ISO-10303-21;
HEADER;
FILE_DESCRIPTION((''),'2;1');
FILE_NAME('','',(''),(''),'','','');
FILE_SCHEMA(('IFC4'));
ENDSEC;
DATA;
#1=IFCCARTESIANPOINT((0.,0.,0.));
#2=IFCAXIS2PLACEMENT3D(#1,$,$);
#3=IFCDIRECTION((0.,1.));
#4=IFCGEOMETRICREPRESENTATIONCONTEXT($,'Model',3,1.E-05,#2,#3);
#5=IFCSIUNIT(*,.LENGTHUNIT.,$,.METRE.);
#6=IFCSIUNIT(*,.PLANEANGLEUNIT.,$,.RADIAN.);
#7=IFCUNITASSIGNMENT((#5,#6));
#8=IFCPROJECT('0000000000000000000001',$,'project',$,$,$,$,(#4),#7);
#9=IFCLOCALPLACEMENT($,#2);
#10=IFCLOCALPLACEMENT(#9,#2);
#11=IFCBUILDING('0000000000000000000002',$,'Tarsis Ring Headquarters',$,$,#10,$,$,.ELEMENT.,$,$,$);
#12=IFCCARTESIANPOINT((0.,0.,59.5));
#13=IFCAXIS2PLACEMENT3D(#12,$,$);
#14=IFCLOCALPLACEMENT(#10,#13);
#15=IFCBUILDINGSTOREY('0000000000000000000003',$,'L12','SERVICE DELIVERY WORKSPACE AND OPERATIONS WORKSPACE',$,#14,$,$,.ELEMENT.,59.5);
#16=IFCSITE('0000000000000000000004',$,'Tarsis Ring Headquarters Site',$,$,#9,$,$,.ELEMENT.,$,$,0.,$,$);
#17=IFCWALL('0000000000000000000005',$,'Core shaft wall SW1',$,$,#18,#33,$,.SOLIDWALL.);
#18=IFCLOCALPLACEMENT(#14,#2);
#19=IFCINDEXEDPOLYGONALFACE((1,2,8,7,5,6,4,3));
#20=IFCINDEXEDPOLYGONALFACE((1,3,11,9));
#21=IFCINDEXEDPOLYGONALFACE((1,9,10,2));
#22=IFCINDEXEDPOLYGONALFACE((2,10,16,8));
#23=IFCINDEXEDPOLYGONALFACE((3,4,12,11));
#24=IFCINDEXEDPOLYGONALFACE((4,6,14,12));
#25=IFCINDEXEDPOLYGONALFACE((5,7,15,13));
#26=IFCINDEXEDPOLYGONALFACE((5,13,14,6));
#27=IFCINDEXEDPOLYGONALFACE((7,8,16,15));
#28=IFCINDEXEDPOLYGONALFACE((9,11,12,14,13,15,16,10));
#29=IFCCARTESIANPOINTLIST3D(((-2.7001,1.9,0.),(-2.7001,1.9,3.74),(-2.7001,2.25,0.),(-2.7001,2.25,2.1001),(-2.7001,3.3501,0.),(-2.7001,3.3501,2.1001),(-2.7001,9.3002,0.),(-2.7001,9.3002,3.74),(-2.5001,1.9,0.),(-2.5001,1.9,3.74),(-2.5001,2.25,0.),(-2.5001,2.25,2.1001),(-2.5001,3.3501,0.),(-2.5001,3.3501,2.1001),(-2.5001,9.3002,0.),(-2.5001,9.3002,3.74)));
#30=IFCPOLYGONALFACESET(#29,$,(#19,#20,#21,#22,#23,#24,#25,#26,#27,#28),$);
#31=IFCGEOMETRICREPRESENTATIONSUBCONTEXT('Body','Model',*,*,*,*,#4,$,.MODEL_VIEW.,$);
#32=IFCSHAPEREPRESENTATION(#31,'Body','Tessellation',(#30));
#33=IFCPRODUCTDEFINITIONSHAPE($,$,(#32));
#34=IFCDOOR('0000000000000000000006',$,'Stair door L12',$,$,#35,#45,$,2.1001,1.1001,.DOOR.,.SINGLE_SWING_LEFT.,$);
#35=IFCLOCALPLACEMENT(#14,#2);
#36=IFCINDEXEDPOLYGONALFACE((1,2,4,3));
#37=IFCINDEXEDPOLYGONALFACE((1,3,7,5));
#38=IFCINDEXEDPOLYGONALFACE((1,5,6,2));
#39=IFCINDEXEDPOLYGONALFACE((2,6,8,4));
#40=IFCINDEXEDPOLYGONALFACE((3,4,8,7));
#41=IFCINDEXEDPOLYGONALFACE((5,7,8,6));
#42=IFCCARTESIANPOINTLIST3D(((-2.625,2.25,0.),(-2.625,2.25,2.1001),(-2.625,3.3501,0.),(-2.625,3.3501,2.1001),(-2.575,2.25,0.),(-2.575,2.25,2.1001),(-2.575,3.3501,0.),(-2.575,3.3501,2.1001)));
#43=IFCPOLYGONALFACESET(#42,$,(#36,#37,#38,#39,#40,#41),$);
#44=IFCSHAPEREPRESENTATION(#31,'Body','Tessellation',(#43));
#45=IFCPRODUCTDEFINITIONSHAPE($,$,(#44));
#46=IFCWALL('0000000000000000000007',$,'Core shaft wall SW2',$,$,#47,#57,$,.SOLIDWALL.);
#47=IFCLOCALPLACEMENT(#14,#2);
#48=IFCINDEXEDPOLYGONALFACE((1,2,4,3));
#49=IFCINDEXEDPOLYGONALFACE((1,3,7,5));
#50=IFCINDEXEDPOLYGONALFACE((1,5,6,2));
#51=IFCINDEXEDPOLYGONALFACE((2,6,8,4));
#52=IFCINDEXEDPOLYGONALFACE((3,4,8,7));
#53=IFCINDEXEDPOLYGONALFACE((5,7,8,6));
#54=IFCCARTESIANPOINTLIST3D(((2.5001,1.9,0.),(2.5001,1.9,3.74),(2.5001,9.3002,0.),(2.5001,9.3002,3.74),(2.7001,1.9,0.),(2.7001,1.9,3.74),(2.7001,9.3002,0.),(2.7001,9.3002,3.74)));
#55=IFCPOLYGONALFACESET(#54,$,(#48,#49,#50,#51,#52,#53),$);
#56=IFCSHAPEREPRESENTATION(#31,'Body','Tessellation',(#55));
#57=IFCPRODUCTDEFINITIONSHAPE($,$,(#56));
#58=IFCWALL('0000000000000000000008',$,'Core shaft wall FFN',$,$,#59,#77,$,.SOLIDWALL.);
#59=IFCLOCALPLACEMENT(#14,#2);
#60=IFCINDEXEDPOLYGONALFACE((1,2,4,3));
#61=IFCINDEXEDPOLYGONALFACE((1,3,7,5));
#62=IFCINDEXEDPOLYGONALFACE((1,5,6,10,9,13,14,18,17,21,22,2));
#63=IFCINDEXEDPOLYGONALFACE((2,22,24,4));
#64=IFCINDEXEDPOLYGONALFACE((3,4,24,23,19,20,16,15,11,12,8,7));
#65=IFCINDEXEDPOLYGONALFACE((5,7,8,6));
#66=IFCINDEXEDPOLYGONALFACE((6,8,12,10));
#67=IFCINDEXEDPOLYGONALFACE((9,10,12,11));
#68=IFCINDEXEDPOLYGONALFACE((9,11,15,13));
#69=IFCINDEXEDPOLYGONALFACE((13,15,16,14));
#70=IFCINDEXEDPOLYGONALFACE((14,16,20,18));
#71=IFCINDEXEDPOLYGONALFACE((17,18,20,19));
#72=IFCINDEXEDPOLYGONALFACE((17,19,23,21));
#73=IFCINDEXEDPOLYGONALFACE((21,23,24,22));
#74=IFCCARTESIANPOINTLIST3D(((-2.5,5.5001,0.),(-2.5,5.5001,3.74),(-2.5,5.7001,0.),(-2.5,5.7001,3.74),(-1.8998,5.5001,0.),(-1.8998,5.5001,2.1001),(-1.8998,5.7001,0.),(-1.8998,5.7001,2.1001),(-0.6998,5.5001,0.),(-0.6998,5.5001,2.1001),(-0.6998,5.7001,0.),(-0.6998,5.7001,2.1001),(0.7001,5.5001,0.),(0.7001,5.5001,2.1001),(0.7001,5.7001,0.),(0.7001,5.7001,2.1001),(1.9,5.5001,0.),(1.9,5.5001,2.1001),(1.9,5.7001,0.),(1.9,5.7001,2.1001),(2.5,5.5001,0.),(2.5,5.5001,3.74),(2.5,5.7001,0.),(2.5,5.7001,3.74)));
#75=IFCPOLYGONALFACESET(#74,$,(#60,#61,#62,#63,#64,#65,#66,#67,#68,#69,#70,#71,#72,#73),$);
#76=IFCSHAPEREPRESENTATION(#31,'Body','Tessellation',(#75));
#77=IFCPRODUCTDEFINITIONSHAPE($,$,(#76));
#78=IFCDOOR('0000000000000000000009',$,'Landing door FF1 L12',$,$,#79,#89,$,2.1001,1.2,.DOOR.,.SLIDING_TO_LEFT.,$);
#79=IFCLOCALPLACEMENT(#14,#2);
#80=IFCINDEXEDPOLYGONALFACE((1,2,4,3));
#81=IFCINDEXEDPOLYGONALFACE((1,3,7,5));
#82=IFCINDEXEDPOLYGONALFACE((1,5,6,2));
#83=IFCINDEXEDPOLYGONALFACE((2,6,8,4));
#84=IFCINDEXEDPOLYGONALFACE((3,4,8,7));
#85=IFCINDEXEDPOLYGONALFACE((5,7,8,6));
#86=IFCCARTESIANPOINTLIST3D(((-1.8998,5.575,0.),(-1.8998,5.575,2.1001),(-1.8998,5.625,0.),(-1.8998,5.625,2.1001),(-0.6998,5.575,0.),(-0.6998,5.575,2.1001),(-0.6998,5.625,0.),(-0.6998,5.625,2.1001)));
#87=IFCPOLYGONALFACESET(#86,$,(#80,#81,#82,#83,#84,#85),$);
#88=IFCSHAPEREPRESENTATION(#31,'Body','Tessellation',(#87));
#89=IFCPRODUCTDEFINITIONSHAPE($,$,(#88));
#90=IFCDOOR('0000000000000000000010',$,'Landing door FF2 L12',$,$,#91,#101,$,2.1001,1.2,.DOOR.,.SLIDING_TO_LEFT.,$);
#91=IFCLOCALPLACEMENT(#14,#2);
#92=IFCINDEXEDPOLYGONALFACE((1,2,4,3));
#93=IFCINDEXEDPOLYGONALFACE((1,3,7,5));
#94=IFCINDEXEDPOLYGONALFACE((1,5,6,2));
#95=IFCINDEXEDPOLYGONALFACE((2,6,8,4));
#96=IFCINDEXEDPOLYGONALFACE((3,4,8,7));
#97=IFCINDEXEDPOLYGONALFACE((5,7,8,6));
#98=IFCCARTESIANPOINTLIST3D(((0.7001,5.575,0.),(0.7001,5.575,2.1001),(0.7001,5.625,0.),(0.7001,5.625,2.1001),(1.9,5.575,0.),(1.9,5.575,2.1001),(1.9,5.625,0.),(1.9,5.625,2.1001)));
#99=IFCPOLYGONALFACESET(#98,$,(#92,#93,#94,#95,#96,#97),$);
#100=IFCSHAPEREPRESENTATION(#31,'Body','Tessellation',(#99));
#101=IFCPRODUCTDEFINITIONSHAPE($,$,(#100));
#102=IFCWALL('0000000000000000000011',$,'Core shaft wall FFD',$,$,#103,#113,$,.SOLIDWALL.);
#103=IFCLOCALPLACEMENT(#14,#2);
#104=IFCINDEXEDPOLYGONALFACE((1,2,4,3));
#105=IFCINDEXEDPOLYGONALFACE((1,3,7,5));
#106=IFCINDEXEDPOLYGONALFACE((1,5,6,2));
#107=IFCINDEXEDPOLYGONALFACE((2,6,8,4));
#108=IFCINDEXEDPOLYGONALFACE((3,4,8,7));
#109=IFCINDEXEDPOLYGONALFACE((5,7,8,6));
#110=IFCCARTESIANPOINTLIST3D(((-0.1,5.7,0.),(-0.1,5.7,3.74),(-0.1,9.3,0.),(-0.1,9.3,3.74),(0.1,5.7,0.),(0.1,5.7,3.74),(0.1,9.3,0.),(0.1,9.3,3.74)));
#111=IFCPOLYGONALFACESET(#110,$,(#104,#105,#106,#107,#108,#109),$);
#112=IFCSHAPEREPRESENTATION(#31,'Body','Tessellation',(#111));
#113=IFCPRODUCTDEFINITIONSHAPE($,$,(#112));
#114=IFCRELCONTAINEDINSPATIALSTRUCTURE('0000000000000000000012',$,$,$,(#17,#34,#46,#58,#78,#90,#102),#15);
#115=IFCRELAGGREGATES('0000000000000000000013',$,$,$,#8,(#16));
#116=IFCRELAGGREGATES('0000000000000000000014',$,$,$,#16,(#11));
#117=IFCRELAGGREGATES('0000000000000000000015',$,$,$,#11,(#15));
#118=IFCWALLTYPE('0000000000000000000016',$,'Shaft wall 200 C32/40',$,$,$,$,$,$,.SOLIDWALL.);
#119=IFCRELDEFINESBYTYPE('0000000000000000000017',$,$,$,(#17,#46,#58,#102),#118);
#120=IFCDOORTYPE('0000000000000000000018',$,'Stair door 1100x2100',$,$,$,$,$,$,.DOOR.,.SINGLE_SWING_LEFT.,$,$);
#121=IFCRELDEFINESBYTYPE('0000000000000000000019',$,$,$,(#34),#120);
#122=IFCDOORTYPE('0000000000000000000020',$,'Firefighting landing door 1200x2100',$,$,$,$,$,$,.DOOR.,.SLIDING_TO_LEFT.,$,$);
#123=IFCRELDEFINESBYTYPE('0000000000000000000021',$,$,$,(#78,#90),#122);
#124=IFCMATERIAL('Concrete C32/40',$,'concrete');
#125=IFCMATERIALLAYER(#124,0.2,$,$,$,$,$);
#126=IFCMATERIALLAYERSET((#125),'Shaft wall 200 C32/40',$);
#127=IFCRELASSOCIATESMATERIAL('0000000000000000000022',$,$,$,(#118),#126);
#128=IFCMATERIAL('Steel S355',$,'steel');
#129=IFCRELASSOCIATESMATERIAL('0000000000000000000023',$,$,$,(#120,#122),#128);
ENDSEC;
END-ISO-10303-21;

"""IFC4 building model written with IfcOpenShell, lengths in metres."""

from ifc_helpers import new_model, si_unit, direction, frame, frame_2d, origin, place, context, subcontext, project, spatial, rectangle, extrude, material, layer, layer_set, type_object, element, fill, save


model = new_model("IFC4")

# Units and contexts
model_context = context("Model", 3, precision=1e-05, world=origin(), true_north=direction((0.0, 1.0)))
body_context = subcontext(model_context, "Body", "Model", "MODEL_VIEW")
ifc_project = project(units=[si_unit("LENGTHUNIT", "METRE"), si_unit("PLANEANGLEUNIT", "RADIAN")], contexts=[model_context])

# Site, building, storey
site_placement = place(None, origin())
site = spatial("IfcSite", under=ifc_project, at=site_placement, Name="Tarsis Ring Headquarters Site", CompositionType="ELEMENT", RefElevation=0.0)
building_placement = place(site_placement, origin())
building = spatial("IfcBuilding", under=site, at=building_placement, Name="Tarsis Ring Headquarters", CompositionType="ELEMENT")
storey_placement = place(building_placement, frame((0.0, 0.0, 59.5)))
storey = spatial("IfcBuildingStorey", under=building, at=storey_placement, Name="L12", Description="SERVICE DELIVERY WORKSPACE AND OPERATIONS WORKSPACE", CompositionType="ELEMENT", Elevation=59.5)

# Shared definitions
ifc_material_1 = material(Name="Concrete C32/40", Category="concrete")
ifc_layer_1 = layer(ifc_material_1, 0.2)
ifc_layer_set_1 = layer_set([ifc_layer_1], Name="Shaft wall 200 C32/40")
wall_type = type_object("IfcWallType", Name="Shaft wall 200 C32/40", PredefinedType="SOLIDWALL", material=ifc_layer_set_1)

# Wall, opening, door
wall_1_placement = place(storey_placement, frame((-2.6001, 1.8999, 0.0), z_axis=(0.0, 0.0, 1.0), x_axis=(0.0, 1.0, 0.0)))
wall_1 = element("IfcWall", 1, at=wall_1_placement, inside=storey, type_object=wall_type, Name="Core shaft wall SW1", PredefinedType="SOLIDWALL", context=body_context, shape_type="SweptSolid", body=[
    extrude(rectangle(XDim=7.4001, YDim=0.2, at=frame_2d((3.7002, 0.0))), origin(), (0.0, 0.0, 1.0), 3.74),
])
opening_1_placement = place(wall_1_placement, frame((0.3501, 0.0, 0.0)))
opening_1 = element("IfcOpeningElement", 2, at=opening_1_placement, cuts=wall_1, PredefinedType="OPENING", context=body_context, shape_type="SweptSolid", body=[
    extrude(rectangle(XDim=1.1001, YDim=2.1001, at=frame_2d((0.55, 1.05))), frame((0.0, 0.1099, 0.0), z_axis=(0.0, -1.0, 0.0), x_axis=(1.0, 0.0, 0.0)), (0.0, 0.0, 1.0), 0.22),
])
ifc_material_2 = material(Name="Steel S355", Category="steel")
door_type_1 = type_object("IfcDoorType", Name="Stair door 1100x2100", OperationType="SINGLE_SWING_LEFT", PredefinedType="DOOR", material=ifc_material_2)
door_1_placement = place(opening_1_placement, origin())
door_1 = element("IfcDoor", 3, at=door_1_placement, inside=storey, type_object=door_type_1, Name="Stair door L12", OperationType="SINGLE_SWING_LEFT", OverallHeight=2.1001, OverallWidth=1.1001, PredefinedType="DOOR", context=body_context, shape_type="SweptSolid", body=[
    extrude(rectangle(XDim=1.1001, YDim=2.1001, at=frame_2d((0.55, 1.05))), frame((0.0, 0.0249, 0.0), z_axis=(0.0, -1.0, 0.0), x_axis=(1.0, 0.0, 0.0)), (0.0, 0.0, 1.0), 0.05),
])
fill(opening_1, door_1)

# Wall
wall_2_placement = place(storey_placement, frame((2.6001, 1.8999, 0.0), z_axis=(0.0, 0.0, 1.0), x_axis=(0.0, 1.0, 0.0)))
element("IfcWall", 4, at=wall_2_placement, inside=storey, type_object=wall_type, Name="Core shaft wall SW2", PredefinedType="SOLIDWALL", context=body_context, shape_type="SweptSolid", body=[
    extrude(rectangle(XDim=7.4001, YDim=0.2, at=frame_2d((3.7002, 0.0))), origin(), (0.0, 0.0, 1.0), 3.74),
])

# Wall, openings, doors
wall_3_placement = place(storey_placement, frame((-2.5, 5.6001, 0.0), z_axis=(0.0, 0.0, 1.0), x_axis=(1.0, 0.0, 0.0)))
wall_3 = element("IfcWall", 5, at=wall_3_placement, inside=storey, type_object=wall_type, Name="Core shaft wall FFN", PredefinedType="SOLIDWALL", context=body_context, shape_type="SweptSolid", body=[
    extrude(rectangle(XDim=5.0, YDim=0.2, at=frame_2d((2.5, 0.0))), origin(), (0.0, 0.0, 1.0), 3.74),
])
opening_2_placement = place(wall_3_placement, frame((0.6001, 0.0, 0.0)))
opening_2 = element("IfcOpeningElement", 6, at=opening_2_placement, cuts=wall_3, PredefinedType="OPENING", context=body_context, shape_type="SweptSolid", body=[
    extrude(rectangle(XDim=1.2, YDim=2.1001, at=frame_2d((0.6001, 1.05))), frame((0.0, 0.1099, 0.0), z_axis=(0.0, -1.0, 0.0), x_axis=(1.0, 0.0, 0.0)), (0.0, 0.0, 1.0), 0.22),
])
opening_3_placement = place(wall_3_placement, frame((3.2, 0.0, 0.0)))
opening_3 = element("IfcOpeningElement", 7, at=opening_3_placement, cuts=wall_3, PredefinedType="OPENING", context=body_context, shape_type="SweptSolid", body=[
    extrude(rectangle(XDim=1.2, YDim=2.1001, at=frame_2d((0.6001, 1.05))), frame((0.0, 0.1099, 0.0), z_axis=(0.0, -1.0, 0.0), x_axis=(1.0, 0.0, 0.0)), (0.0, 0.0, 1.0), 0.22),
])
door_type_2 = type_object("IfcDoorType", Name="Firefighting landing door 1200x2100", OperationType="SLIDING_TO_LEFT", PredefinedType="DOOR", material=ifc_material_2)
door_2_placement = place(opening_2_placement, origin())
door_2 = element("IfcDoor", 8, at=door_2_placement, inside=storey, type_object=door_type_2, Name="Landing door FF1 L12", OperationType="SLIDING_TO_LEFT", OverallHeight=2.1001, OverallWidth=1.2, PredefinedType="DOOR", context=body_context, shape_type="SweptSolid", body=[
    extrude(rectangle(XDim=1.2, YDim=2.1001, at=frame_2d((0.6001, 1.05))), frame((0.0, 0.0249, 0.0), z_axis=(0.0, -1.0, 0.0), x_axis=(1.0, 0.0, 0.0)), (0.0, 0.0, 1.0), 0.05),
])
fill(opening_2, door_2)
door_3_placement = place(opening_3_placement, origin())
door_3 = element("IfcDoor", 9, at=door_3_placement, inside=storey, type_object=door_type_2, Name="Landing door FF2 L12", OperationType="SLIDING_TO_LEFT", OverallHeight=2.1001, OverallWidth=1.2, PredefinedType="DOOR", context=body_context, shape_type="SweptSolid", body=[
    extrude(rectangle(XDim=1.2, YDim=2.1001, at=frame_2d((0.6001, 1.05))), frame((0.0, 0.0249, 0.0), z_axis=(0.0, -1.0, 0.0), x_axis=(1.0, 0.0, 0.0)), (0.0, 0.0, 1.0), 0.05),
])
fill(opening_3, door_3)

# Wall
wall_4_placement = place(storey_placement, frame((0.0, 5.7, 0.0), z_axis=(0.0, 0.0, 1.0), x_axis=(0.0, 1.0, 0.0)))
element("IfcWall", 10, at=wall_4_placement, inside=storey, type_object=wall_type, Name="Core shaft wall FFD", PredefinedType="SOLIDWALL", context=body_context, shape_type="SweptSolid", body=[
    extrude(rectangle(XDim=3.6001, YDim=0.2, at=frame_2d((1.8, 0.0))), origin(), (0.0, 0.0, 1.0), 3.74),
])

save(model, "model.ifc")
